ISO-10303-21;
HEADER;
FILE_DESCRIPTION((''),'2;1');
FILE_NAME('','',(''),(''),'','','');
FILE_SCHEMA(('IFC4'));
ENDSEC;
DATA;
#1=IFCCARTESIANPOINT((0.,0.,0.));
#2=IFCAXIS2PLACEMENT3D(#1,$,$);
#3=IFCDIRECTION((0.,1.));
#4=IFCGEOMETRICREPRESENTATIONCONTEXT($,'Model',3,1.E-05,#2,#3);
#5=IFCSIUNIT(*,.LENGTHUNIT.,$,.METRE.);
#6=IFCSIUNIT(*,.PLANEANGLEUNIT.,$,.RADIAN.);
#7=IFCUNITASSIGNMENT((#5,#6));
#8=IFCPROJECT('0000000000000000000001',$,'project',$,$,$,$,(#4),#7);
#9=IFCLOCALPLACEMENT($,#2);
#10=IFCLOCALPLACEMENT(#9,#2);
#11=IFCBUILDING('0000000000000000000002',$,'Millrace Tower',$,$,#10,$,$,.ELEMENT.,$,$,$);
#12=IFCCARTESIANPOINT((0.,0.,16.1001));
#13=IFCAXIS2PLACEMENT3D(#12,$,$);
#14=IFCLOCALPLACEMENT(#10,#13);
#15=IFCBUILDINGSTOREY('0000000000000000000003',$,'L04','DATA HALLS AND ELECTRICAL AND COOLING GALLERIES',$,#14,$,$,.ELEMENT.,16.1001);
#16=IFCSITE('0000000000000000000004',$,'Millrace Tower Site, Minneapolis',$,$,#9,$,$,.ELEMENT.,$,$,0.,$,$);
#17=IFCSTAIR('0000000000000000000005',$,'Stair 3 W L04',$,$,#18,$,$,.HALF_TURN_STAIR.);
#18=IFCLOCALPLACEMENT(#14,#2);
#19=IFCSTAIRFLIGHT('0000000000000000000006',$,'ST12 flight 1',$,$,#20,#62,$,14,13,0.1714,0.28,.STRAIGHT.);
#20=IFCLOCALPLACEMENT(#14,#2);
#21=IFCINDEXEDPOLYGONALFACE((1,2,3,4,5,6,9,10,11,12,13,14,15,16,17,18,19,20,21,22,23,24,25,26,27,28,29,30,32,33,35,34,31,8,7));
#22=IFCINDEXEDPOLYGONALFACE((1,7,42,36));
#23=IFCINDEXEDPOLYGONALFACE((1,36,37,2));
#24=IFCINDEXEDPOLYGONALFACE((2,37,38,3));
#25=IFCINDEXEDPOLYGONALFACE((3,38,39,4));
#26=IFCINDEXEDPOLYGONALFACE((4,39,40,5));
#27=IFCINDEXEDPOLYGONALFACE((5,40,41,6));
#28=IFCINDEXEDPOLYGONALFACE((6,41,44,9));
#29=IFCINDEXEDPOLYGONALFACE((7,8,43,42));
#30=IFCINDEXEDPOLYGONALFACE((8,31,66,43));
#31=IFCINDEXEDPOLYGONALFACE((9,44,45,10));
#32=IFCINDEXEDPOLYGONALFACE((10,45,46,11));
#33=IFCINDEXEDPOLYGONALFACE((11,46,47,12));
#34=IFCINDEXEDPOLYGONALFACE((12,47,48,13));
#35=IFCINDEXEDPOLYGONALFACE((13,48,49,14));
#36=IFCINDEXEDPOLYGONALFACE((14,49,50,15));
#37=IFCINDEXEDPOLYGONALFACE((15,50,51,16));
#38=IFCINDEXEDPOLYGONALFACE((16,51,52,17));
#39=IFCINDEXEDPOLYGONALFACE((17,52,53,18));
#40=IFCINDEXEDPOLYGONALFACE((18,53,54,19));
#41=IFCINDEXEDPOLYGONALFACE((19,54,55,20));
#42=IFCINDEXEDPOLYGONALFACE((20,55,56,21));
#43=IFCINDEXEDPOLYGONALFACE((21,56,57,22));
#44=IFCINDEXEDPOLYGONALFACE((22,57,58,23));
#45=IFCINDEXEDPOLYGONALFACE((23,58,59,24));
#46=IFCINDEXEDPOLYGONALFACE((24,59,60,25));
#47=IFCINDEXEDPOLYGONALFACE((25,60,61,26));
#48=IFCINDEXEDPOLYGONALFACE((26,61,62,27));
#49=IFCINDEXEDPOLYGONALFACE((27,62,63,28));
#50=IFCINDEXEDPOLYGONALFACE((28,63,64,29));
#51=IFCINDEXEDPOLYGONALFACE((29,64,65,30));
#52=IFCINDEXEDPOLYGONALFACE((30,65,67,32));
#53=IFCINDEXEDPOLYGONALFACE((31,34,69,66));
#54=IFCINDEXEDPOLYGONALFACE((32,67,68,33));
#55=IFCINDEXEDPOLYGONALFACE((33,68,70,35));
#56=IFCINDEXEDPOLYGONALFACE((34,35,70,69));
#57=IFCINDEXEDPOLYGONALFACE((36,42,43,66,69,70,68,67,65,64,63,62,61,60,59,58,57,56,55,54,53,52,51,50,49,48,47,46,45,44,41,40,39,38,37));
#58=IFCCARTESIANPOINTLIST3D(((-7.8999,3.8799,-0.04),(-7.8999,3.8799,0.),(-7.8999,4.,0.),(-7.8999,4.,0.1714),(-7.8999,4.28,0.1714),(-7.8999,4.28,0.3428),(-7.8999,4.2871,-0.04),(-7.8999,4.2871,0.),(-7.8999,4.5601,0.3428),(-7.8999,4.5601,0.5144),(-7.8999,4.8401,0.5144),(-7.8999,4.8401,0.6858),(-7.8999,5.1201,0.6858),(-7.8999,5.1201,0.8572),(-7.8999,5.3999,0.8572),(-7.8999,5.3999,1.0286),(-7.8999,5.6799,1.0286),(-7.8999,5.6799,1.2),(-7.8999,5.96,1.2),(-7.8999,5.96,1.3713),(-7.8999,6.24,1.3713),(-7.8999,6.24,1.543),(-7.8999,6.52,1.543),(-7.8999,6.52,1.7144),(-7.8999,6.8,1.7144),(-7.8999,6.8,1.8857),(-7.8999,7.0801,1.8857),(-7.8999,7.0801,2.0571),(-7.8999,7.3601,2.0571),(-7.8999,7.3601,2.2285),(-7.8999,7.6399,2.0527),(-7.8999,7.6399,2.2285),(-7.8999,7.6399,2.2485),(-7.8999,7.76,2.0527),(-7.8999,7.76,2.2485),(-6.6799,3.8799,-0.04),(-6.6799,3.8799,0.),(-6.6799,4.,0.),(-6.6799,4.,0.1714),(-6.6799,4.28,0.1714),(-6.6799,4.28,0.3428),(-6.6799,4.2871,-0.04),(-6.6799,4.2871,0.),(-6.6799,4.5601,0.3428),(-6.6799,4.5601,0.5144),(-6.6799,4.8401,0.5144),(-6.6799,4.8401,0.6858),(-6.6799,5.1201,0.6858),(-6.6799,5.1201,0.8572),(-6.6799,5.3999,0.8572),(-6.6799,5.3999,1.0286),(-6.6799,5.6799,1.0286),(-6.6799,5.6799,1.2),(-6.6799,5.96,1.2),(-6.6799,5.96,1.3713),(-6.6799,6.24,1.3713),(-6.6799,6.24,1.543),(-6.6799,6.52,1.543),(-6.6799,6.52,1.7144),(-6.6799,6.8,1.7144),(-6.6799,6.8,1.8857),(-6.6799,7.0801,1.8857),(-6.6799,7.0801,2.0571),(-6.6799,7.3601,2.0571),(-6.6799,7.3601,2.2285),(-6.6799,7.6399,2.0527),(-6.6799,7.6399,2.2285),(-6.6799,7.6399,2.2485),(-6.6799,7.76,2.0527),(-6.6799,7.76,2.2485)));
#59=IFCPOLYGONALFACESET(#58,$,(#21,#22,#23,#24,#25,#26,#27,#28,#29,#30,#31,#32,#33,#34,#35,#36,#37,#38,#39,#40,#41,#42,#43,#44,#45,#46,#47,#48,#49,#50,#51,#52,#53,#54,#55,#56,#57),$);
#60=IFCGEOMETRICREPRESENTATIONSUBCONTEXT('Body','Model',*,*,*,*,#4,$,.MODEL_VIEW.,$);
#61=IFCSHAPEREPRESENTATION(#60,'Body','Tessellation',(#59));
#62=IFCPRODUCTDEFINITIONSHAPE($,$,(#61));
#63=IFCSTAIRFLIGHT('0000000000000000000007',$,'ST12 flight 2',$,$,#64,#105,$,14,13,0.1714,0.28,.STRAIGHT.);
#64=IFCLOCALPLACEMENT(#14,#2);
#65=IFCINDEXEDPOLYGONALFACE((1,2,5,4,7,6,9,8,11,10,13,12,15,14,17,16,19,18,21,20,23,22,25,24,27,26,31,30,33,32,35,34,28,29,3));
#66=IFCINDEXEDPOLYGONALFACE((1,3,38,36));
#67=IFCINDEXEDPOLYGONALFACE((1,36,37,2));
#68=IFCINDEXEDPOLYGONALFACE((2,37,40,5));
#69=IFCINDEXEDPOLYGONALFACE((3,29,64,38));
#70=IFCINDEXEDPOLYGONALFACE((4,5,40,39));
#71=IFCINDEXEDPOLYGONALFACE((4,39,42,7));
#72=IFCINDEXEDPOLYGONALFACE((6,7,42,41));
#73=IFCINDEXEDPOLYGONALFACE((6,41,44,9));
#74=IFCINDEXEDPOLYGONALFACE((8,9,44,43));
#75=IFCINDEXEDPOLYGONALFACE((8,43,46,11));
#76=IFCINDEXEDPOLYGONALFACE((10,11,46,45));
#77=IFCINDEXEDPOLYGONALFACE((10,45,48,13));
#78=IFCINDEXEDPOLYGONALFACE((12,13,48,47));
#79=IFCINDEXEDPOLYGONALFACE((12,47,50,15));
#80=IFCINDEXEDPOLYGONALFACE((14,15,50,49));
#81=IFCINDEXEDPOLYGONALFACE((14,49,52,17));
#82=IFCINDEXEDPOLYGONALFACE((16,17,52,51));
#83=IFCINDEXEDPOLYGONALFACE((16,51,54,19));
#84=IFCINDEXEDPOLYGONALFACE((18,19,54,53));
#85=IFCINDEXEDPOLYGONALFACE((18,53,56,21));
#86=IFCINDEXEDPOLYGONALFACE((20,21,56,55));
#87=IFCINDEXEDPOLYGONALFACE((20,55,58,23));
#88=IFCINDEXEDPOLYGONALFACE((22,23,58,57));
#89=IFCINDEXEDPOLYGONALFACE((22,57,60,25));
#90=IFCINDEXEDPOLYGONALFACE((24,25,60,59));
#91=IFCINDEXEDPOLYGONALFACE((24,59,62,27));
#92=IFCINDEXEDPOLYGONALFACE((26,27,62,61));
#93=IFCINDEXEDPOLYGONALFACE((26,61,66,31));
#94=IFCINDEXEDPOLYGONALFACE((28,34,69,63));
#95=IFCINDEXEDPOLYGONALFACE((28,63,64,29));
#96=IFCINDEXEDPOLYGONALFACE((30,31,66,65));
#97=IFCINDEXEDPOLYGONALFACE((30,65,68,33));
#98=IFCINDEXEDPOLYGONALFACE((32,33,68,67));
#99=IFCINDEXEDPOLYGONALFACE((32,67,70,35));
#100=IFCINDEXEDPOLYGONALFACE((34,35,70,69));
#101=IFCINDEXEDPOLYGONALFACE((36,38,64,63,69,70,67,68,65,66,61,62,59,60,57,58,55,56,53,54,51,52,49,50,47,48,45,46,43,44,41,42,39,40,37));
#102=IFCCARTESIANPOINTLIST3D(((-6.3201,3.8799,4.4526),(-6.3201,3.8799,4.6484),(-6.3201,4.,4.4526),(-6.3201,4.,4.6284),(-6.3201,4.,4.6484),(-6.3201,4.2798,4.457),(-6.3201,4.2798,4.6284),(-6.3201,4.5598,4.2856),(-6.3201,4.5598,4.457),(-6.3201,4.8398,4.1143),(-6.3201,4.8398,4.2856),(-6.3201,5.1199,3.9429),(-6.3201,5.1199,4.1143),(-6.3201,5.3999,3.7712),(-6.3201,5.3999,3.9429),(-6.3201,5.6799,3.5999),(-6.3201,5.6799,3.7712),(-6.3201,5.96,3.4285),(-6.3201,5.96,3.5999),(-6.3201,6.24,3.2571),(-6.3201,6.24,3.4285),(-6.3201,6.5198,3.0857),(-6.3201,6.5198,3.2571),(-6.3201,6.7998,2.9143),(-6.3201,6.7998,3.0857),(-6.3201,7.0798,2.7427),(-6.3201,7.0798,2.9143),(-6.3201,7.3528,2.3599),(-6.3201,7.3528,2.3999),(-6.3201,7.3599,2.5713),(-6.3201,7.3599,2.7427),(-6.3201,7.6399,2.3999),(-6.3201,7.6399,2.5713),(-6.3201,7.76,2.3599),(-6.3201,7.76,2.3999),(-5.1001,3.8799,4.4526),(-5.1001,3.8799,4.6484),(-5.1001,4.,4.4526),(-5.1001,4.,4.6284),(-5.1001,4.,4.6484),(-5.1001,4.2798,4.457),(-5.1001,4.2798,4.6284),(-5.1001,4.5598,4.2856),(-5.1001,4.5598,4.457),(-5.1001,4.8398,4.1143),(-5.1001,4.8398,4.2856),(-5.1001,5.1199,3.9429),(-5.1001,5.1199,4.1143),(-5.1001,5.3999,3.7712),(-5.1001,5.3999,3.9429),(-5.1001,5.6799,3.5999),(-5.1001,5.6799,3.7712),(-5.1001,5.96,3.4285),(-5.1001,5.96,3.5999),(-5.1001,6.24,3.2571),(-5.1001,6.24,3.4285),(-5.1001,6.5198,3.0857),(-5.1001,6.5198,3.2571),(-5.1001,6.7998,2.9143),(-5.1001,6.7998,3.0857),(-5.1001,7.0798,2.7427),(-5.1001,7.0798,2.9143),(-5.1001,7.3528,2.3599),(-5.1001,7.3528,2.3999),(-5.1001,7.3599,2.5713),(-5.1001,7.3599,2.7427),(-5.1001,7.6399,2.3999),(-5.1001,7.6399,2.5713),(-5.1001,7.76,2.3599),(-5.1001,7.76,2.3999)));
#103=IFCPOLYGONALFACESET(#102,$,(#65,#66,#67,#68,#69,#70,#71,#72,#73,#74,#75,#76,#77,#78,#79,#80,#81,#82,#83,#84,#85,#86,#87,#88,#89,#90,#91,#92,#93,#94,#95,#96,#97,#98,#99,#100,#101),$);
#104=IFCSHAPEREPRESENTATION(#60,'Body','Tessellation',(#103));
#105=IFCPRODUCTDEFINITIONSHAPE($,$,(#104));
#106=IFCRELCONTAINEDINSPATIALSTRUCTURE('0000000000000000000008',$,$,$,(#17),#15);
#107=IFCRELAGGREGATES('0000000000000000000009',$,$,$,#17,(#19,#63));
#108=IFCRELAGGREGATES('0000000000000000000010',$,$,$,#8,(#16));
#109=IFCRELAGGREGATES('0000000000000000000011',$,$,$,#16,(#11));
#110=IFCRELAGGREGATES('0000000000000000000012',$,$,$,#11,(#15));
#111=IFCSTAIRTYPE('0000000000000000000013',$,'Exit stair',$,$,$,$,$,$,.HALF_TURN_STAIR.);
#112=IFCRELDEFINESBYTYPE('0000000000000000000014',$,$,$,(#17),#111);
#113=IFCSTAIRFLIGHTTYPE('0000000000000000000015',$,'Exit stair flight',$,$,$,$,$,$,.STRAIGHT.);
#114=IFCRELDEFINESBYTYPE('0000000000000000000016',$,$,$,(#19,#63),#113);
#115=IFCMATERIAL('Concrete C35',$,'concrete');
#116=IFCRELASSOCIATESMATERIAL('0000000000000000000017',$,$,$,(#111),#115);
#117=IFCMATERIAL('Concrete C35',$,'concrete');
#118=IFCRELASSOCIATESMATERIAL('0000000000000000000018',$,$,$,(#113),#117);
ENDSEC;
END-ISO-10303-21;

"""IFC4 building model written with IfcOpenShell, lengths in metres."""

from ifc_helpers import new_model, si_unit, direction, frame, origin, place, context, subcontext, project, spatial, polyline, outline, extrude, material, type_object, element, aggregate, save


model = new_model("IFC4")

# Units and contexts
model_context = context("Model", 3, precision=1e-05, world=origin(), true_north=direction((0.0, 1.0)))
body_context = subcontext(model_context, "Body", "Model", "MODEL_VIEW")
ifc_project = project(units=[si_unit("LENGTHUNIT", "METRE"), si_unit("PLANEANGLEUNIT", "RADIAN")], contexts=[model_context])

# Site, building, storey
site_placement = place(None, origin())
site = spatial("IfcSite", under=ifc_project, at=site_placement, Name="Millrace Tower Site, Minneapolis", CompositionType="ELEMENT", RefElevation=0.0)
building_placement = place(site_placement, origin())
building = spatial("IfcBuilding", under=site, at=building_placement, Name="Millrace Tower", CompositionType="ELEMENT")
storey_placement = place(building_placement, frame((0.0, 0.0, 16.1001)))
storey = spatial("IfcBuildingStorey", under=building, at=storey_placement, Name="L04", Description="DATA HALLS AND ELECTRICAL AND COOLING GALLERIES", CompositionType="ELEMENT", Elevation=16.1001)

# Shared definitions
placement = place(storey_placement, origin())

# Stair, stair flights
ifc_material_1 = material(Name="Concrete C35", Category="concrete")
stair_type = type_object("IfcStairType", Name="Exit stair", PredefinedType="HALF_TURN_STAIR", material=ifc_material_1)
ifc_material_2 = material(Name="Concrete C35", Category="concrete")
stair_flight_type = type_object("IfcStairFlightType", Name="Exit stair flight", PredefinedType="STRAIGHT", material=ifc_material_2)
stair_1 = element("IfcStair", 1, at=placement, inside=storey, type_object=stair_type, Name="Stair 3 W L04", PredefinedType="HALF_TURN_STAIR")
stair_flight_1_placement = place(storey_placement, frame((-7.29, 4.0, 0.0), z_axis=(0.0, 0.0, 1.0), x_axis=(0.0, 1.0, 0.0)))
stair_flight_1 = element("IfcStairFlight", 2, at=stair_flight_1_placement, type_object=stair_flight_type, Name="ST12 flight 1", NumberOfRisers=14, NumberOfTreads=13, PredefinedType="STRAIGHT", RiserHeight=0.1714, TreadLength=0.28, context=body_context, shape_type="SweptSolid", body=[
    extrude(outline(polyline([(-0.1201, -0.04), (-0.1201, 0.0), (0.0, 0.0), (0.0, 0.1714), (0.28, 0.1714), (0.28, 0.3428), (0.5601, 0.3428), (0.5601, 0.5144), (0.8401, 0.5144), (0.8401, 0.6858), (1.1201, 0.6858), (1.1201, 0.8572), (1.3999, 0.8572), (1.3999, 1.0286), (1.6799, 1.0286), (1.6799, 1.2), (1.96, 1.2), (1.96, 1.3713), (2.24, 1.3713), (2.24, 1.543), (2.52, 1.543), (2.52, 1.7144), (2.8, 1.7144), (2.8, 1.8857), (3.0801, 1.8857), (3.0801, 2.0571), (3.3601, 2.0571), (3.3601, 2.2285), (3.6399, 2.2285), (3.6399, 2.2485), (3.76, 2.2485), (3.76, 2.0527), (3.6399, 2.0527), (0.2871, 0.0), (0.2871, -0.04), (-0.1201, -0.04)])), frame((0.0, 0.6099, 0.0), z_axis=(0.0, -1.0, 0.0), x_axis=(1.0, 0.0, 0.0)), (0.0, 0.0, 1.0), 1.22),
])
stair_flight_2_placement = place(storey_placement, frame((-5.71, 7.6399, 2.3999), z_axis=(0.0, 0.0, 1.0), x_axis=(0.0, -1.0, 0.0)))
stair_flight_2 = element("IfcStairFlight", 3, at=stair_flight_2_placement, type_object=stair_flight_type, Name="ST12 flight 2", NumberOfRisers=14, NumberOfTreads=13, PredefinedType="STRAIGHT", RiserHeight=0.1714, TreadLength=0.28, context=body_context, shape_type="SweptSolid", body=[
    extrude(outline(polyline([(-0.1201, -0.04), (-0.1201, 0.0), (0.0, 0.0), (0.0, 0.1714), (0.28, 0.1714), (0.28, 0.3428), (0.5601, 0.3428), (0.5601, 0.5144), (0.8401, 0.5144), (0.8401, 0.6858), (1.1201, 0.6858), (1.1201, 0.8572), (1.3999, 0.8572), (1.3999, 1.0286), (1.6799, 1.0286), (1.6799, 1.2), (1.96, 1.2), (1.96, 1.3713), (2.24, 1.3713), (2.24, 1.543), (2.52, 1.543), (2.52, 1.7144), (2.8, 1.7144), (2.8, 1.8857), (3.0801, 1.8857), (3.0801, 2.0571), (3.3601, 2.0571), (3.3601, 2.2285), (3.6399, 2.2285), (3.6399, 2.2485), (3.76, 2.2485), (3.76, 2.0527), (3.6399, 2.0527), (0.2871, 0.0), (0.2871, -0.04), (-0.1201, -0.04)])), frame((0.0, 0.6099, 0.0), z_axis=(0.0, -1.0, 0.0), x_axis=(1.0, 0.0, 0.0)), (0.0, 0.0, 1.0), 1.22),
])
aggregate(stair_1, [stair_flight_1, stair_flight_2])

save(model, "model.ifc")
